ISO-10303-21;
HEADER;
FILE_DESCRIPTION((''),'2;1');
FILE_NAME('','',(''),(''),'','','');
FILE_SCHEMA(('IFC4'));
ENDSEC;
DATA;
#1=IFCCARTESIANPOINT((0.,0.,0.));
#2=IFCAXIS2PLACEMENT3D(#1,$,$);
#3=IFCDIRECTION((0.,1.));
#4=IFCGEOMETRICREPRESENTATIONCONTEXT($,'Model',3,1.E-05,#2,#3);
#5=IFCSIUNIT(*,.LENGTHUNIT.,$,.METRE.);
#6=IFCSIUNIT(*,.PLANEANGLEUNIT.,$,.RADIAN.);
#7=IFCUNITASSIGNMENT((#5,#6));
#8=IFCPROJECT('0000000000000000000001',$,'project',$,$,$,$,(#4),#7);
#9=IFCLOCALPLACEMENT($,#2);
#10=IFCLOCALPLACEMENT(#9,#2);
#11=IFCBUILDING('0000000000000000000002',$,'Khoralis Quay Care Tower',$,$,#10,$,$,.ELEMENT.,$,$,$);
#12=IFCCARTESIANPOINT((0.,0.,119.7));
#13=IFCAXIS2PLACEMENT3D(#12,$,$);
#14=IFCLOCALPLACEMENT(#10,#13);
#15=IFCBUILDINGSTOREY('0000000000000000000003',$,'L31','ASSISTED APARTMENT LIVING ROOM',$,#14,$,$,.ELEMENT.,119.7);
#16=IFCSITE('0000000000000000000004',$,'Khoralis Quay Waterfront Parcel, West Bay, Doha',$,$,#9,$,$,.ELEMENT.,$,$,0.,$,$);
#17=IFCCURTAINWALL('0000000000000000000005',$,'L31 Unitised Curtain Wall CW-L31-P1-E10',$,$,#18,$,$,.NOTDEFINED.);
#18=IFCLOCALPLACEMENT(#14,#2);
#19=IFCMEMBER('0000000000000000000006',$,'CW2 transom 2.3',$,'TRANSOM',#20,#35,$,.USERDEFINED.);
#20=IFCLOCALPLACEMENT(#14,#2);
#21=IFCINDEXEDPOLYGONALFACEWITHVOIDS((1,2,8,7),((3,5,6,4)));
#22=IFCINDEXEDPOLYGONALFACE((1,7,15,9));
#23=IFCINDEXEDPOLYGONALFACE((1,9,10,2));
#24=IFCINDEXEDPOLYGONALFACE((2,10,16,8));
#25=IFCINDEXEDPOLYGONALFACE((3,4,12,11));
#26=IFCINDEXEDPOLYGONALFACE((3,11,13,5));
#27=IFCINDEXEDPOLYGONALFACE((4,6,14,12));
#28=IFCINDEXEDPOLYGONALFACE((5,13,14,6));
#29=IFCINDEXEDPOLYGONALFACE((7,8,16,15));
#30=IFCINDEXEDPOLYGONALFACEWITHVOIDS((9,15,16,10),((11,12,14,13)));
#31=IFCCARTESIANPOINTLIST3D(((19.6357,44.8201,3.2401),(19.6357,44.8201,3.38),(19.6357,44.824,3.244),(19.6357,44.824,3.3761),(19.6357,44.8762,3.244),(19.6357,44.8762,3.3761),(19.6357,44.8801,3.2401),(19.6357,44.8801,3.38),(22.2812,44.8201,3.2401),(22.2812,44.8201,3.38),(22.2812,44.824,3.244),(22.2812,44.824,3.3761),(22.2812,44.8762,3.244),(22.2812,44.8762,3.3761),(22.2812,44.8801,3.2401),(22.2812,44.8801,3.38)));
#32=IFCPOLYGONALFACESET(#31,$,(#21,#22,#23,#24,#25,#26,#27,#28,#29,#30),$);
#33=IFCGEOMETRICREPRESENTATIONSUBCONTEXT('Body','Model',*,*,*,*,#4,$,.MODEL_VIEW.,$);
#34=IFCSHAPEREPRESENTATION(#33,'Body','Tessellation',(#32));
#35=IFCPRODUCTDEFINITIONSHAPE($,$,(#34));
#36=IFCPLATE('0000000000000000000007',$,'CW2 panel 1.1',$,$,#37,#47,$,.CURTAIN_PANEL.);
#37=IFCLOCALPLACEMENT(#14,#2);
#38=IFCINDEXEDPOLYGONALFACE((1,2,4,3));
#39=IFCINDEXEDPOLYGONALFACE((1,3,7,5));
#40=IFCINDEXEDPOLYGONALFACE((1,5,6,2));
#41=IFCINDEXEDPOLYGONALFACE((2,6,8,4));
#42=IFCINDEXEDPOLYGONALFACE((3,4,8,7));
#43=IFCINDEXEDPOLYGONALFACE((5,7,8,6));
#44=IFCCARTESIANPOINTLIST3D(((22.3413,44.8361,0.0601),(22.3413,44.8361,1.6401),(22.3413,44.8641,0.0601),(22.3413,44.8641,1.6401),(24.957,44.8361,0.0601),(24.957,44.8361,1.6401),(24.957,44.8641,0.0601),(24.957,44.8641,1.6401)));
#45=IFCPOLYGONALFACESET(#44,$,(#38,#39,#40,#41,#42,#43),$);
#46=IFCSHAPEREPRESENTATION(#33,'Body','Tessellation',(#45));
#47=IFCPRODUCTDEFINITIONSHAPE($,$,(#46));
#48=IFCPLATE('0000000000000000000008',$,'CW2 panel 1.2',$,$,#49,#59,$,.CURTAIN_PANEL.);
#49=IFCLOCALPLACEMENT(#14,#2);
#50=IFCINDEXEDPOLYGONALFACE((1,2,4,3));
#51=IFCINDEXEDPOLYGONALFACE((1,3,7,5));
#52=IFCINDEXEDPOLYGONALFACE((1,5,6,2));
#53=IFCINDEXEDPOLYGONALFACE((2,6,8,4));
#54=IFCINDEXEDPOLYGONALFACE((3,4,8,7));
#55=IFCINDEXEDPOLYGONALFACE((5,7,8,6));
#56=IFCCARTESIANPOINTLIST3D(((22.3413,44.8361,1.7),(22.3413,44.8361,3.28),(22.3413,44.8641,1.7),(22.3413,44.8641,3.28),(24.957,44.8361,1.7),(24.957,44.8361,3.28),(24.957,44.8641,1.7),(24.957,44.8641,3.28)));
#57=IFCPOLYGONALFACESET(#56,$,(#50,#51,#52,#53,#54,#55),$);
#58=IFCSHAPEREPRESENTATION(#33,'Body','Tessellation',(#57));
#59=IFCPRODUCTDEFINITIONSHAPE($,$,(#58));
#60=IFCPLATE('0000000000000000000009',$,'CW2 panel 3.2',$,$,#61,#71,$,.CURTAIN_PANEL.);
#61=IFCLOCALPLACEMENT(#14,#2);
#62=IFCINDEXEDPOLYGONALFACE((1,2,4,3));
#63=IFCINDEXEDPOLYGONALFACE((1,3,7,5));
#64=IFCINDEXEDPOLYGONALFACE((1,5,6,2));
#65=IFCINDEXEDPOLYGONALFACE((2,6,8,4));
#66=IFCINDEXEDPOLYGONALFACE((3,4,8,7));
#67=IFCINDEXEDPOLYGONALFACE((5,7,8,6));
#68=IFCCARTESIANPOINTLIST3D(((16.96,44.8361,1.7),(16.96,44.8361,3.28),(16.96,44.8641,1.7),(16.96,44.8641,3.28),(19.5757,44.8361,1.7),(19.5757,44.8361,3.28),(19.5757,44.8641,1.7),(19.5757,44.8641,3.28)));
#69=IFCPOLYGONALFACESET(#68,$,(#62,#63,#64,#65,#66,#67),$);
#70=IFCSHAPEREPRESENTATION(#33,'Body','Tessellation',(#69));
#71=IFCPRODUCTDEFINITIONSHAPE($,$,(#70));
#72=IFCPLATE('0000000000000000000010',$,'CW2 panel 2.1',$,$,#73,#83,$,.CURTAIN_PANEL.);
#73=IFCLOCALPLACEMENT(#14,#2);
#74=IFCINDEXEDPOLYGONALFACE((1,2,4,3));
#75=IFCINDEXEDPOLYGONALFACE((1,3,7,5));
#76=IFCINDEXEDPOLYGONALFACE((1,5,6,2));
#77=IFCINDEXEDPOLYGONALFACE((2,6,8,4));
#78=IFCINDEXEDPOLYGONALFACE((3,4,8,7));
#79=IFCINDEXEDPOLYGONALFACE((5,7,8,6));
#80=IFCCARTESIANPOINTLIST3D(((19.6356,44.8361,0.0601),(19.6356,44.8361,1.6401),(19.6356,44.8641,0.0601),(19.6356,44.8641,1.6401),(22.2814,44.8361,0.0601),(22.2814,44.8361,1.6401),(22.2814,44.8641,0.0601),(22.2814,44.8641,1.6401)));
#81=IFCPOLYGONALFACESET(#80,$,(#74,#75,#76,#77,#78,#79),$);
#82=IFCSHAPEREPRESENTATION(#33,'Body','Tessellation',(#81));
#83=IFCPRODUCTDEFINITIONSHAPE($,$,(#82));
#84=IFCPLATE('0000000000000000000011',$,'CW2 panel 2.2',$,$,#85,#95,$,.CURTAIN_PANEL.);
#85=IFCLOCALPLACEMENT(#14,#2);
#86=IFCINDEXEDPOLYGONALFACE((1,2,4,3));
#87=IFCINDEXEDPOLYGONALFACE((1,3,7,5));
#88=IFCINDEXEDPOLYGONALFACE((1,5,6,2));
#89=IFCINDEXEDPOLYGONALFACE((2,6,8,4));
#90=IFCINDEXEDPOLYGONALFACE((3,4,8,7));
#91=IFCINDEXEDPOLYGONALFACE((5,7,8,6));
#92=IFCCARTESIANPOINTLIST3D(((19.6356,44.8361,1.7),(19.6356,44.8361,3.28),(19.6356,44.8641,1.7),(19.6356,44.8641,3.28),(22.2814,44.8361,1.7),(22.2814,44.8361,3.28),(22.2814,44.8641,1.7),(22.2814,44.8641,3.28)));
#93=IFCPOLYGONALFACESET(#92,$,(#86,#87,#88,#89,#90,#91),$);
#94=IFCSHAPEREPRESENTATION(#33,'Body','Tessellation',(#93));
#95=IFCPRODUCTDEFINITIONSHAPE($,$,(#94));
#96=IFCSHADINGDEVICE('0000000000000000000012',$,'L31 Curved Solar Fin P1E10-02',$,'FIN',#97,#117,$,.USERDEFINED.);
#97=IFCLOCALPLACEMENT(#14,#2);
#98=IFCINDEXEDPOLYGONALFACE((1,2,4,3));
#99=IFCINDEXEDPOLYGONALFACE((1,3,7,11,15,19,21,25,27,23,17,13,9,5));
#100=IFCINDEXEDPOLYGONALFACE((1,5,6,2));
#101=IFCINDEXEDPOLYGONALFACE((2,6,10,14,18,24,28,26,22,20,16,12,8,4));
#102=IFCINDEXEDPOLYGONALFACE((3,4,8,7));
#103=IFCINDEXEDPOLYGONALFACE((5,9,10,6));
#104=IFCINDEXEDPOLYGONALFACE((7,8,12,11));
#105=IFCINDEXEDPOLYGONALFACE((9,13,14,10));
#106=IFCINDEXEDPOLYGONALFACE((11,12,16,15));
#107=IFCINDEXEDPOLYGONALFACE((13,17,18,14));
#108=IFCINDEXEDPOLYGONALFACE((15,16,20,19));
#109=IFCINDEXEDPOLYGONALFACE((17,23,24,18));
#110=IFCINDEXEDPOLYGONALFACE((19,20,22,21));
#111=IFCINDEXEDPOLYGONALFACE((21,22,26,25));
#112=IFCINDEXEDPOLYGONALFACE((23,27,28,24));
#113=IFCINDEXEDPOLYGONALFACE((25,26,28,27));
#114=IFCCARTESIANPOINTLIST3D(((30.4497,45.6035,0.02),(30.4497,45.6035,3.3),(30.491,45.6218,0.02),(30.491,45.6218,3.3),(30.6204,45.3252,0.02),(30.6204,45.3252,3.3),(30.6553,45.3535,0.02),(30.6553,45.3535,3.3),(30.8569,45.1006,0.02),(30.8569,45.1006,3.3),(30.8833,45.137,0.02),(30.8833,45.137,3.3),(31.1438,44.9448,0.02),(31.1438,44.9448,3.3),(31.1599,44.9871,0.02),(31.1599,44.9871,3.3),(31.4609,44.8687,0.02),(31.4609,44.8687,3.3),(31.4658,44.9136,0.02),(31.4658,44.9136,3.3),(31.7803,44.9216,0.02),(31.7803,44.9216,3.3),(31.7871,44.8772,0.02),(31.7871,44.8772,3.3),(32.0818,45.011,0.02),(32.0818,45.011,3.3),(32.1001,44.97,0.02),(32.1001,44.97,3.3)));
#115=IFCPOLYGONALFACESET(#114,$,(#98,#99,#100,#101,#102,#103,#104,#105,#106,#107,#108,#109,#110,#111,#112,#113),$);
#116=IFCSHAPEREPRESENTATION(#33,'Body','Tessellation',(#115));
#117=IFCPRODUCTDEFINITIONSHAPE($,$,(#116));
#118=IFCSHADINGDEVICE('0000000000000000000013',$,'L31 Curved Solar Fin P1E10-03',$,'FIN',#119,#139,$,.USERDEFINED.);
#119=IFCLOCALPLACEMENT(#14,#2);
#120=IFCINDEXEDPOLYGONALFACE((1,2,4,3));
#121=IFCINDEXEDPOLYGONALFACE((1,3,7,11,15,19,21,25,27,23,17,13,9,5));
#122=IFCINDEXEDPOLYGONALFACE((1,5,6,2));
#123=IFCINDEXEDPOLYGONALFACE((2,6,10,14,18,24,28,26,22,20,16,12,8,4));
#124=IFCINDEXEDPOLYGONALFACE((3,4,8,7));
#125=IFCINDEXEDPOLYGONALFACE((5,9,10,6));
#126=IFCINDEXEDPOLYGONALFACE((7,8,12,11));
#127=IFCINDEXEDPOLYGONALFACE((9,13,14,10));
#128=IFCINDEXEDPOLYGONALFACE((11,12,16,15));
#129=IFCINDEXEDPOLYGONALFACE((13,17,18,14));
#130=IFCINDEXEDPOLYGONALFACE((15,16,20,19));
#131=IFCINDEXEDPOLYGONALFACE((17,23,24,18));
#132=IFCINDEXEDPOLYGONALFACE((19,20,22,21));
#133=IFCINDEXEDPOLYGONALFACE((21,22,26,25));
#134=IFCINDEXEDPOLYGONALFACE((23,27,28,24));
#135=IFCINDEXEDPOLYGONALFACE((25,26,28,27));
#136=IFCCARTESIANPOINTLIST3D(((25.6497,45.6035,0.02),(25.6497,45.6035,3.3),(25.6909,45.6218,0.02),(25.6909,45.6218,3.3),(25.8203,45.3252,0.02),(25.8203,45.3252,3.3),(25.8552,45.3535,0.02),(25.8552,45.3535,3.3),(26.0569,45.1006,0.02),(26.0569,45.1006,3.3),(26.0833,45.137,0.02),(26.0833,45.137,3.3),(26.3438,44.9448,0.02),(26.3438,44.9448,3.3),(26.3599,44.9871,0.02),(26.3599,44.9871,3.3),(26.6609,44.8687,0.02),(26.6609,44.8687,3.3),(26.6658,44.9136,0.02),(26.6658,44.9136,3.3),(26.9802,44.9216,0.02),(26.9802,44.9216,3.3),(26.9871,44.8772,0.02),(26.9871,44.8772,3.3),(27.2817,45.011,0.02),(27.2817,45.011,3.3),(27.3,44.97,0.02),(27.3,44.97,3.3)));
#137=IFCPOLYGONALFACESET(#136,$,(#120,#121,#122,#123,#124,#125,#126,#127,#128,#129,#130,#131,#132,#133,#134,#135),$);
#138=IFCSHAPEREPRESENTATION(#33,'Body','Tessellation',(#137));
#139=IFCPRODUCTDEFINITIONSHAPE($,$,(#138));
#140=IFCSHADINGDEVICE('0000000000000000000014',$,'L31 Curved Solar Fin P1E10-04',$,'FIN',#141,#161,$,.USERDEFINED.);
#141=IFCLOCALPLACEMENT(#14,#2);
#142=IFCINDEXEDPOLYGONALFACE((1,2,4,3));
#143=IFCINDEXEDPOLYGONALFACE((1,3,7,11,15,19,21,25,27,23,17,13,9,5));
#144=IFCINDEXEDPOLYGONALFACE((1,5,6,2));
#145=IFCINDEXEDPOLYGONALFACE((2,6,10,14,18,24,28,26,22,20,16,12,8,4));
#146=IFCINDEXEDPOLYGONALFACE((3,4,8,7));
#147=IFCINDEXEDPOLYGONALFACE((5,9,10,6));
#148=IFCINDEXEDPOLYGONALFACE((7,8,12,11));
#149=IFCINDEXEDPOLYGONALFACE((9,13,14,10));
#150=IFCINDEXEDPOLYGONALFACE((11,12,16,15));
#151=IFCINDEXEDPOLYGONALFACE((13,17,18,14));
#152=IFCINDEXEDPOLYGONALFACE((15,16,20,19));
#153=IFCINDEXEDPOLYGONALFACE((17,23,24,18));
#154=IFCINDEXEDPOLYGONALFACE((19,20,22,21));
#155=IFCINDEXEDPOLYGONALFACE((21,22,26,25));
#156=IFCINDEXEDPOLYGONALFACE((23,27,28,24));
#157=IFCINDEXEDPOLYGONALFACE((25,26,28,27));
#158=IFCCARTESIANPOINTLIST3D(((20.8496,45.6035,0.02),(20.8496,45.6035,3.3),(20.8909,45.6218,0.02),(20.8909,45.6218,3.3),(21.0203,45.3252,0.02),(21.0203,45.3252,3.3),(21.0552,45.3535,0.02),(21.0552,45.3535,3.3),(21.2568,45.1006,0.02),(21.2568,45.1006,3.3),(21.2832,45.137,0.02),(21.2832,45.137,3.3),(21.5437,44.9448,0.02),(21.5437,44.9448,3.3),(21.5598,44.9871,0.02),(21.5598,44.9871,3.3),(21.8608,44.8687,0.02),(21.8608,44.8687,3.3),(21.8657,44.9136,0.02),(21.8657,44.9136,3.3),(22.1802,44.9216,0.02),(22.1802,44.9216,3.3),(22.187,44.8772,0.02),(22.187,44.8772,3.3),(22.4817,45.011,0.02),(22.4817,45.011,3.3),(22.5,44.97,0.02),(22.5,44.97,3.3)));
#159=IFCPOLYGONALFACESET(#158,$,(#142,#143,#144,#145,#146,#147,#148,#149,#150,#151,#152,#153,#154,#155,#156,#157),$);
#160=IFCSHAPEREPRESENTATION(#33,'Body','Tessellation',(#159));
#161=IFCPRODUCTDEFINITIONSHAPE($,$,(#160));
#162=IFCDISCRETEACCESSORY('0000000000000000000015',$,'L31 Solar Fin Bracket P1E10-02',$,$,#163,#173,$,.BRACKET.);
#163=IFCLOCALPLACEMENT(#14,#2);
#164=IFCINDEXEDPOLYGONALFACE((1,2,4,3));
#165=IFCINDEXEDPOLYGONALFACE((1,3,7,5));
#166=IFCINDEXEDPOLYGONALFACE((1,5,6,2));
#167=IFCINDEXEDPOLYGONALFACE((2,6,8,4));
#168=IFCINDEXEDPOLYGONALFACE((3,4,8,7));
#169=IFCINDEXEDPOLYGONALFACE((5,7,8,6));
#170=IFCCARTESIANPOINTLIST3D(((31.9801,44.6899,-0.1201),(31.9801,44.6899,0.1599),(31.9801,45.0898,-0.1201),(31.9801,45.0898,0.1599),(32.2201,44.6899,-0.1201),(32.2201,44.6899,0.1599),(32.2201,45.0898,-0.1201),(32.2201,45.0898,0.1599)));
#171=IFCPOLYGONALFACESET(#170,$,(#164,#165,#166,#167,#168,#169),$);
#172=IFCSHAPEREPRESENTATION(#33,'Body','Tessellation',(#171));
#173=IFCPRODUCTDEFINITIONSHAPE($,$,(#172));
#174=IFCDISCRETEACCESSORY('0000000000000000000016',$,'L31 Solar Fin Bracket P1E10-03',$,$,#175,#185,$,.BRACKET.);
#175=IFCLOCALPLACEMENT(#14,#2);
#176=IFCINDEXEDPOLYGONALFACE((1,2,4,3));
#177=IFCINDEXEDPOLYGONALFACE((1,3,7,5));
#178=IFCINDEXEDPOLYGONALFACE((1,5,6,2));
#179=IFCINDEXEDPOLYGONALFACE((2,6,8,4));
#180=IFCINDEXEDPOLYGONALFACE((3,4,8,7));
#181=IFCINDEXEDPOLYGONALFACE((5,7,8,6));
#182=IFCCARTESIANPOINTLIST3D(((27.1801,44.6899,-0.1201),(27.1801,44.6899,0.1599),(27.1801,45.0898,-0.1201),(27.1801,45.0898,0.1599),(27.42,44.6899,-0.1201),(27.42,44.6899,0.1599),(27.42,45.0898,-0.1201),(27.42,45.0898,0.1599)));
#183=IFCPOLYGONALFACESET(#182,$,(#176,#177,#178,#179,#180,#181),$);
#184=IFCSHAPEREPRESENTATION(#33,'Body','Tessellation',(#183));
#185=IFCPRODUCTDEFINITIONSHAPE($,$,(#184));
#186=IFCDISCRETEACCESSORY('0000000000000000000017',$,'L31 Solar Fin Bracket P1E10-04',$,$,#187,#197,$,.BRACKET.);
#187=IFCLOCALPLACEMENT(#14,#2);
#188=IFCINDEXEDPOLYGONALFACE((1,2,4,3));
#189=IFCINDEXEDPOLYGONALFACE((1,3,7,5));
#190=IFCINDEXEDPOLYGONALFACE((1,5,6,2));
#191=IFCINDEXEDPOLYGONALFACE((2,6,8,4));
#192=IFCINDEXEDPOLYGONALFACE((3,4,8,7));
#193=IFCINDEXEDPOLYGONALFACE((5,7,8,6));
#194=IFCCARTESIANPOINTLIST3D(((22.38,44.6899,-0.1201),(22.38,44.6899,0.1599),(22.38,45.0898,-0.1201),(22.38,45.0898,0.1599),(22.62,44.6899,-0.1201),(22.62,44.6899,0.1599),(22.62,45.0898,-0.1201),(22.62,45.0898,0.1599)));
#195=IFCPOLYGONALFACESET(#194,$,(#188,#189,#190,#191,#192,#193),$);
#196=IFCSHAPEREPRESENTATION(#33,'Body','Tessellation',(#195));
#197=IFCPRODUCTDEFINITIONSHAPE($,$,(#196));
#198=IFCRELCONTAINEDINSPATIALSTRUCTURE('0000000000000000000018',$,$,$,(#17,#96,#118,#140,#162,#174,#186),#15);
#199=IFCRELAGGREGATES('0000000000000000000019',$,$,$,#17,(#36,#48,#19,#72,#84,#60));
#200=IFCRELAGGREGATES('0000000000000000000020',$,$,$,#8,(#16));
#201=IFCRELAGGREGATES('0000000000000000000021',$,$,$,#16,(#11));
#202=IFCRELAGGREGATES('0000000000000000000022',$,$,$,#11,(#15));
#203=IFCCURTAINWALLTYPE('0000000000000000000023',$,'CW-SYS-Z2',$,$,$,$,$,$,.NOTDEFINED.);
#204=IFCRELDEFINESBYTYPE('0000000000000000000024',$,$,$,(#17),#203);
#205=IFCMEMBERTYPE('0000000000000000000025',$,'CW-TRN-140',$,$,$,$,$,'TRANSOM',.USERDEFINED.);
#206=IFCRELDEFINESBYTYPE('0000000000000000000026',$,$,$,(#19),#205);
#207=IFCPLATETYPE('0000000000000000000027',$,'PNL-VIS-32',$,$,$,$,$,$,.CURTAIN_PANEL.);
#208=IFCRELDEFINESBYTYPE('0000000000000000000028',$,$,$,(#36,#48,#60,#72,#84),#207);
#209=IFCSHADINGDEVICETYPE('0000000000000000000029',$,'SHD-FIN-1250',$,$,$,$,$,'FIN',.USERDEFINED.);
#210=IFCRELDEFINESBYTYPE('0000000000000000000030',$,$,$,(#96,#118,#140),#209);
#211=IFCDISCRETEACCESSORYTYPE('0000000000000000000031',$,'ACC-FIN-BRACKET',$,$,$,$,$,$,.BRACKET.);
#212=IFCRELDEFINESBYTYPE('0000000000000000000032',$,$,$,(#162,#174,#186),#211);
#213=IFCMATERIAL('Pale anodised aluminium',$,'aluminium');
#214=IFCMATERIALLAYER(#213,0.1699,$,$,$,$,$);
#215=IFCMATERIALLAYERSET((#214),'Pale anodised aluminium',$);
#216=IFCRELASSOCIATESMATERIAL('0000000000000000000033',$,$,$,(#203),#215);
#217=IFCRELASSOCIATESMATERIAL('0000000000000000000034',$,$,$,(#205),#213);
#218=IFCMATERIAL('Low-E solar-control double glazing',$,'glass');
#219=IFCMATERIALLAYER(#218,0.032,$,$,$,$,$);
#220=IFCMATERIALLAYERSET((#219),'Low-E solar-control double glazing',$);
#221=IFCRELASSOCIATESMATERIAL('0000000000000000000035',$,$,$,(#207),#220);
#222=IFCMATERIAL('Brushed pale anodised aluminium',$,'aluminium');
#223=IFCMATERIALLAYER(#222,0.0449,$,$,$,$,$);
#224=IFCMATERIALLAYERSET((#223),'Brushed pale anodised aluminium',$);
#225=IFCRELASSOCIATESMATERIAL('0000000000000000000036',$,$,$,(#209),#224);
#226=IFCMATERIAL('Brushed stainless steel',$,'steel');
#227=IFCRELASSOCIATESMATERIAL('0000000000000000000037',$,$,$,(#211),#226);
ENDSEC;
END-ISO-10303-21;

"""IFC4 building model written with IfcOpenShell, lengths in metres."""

from ifc_helpers import new_model, si_unit, direction, frame, origin, origin_2d, place, context, subcontext, project, spatial, polyline, rectangle, hollow_rectangle, outline, extrude, source, transform, mapped, material, layer, layer_set, material_profile, profile_set, type_object, element, aggregate, save


model = new_model("IFC4")

# Units and contexts
model_context = context("Model", 3, precision=1e-05, world=origin(), true_north=direction((0.0, 1.0)))
body_context = subcontext(model_context, "Body", "Model", "MODEL_VIEW")
ifc_project = project(units=[si_unit("LENGTHUNIT", "METRE"), si_unit("PLANEANGLEUNIT", "RADIAN")], contexts=[model_context])

# Site, building, storey
site_placement = place(None, origin())
site = spatial("IfcSite", under=ifc_project, at=site_placement, Name="Khoralis Quay Waterfront Parcel, West Bay, Doha", CompositionType="ELEMENT", RefElevation=0.0)
building_placement = place(site_placement, origin())
building = spatial("IfcBuilding", under=site, at=building_placement, Name="Khoralis Quay Care Tower", CompositionType="ELEMENT")
storey_placement = place(building_placement, frame((0.0, 0.0, 119.7)))
storey = spatial("IfcBuildingStorey", under=building, at=storey_placement, Name="L31", Description="ASSISTED APARTMENT LIVING ROOM", CompositionType="ELEMENT", Elevation=119.7)

# Curtain wall, member, plates
ifc_material_1 = material(Name="Pale anodised aluminium", Category="aluminium")
ifc_layer_1 = layer(ifc_material_1, 0.1699)
ifc_layer_set_1 = layer_set([ifc_layer_1], Name="Pale anodised aluminium")
curtain_wall_type = type_object("IfcCurtainWallType", Name="CW-SYS-Z2", PredefinedType="NOTDEFINED", material=ifc_layer_set_1)
curtain_wall_placement = place(storey_placement, origin())
curtain_wall = element("IfcCurtainWall", 1, at=curtain_wall_placement, inside=storey, type_object=curtain_wall_type, Name="L31 Unitised Curtain Wall CW-L31-P1-E10", PredefinedType="NOTDEFINED")
ifc_material_profile_1 = material_profile(ifc_material_1, hollow_rectangle(XDim=0.0601, YDim=0.1399, WallThickness=0.0039, at=origin_2d()), Name="Pale anodised aluminium")
ifc_profile_set_1 = profile_set([ifc_material_profile_1], Name="Pale anodised aluminium")
member_type_1 = type_object("IfcMemberType", Name="CW-TRN-140", ElementType="TRANSOM", PredefinedType="USERDEFINED", material=ifc_profile_set_1)
shared_shape_1 = source(origin(), body_context, "Body", "SweptSolid", [
    extrude(hollow_rectangle(XDim=0.0601, YDim=0.1399, WallThickness=0.0039, at=origin_2d()), origin(), (0.0, 0.0, 1.0), 2.6455),
])
member_1_placement = place(storey_placement, frame((22.2812, 44.8501, 3.3101), z_axis=(-1.0, 0.0, 0.0), x_axis=(0.0, -1.0, 0.0)))
member_1 = element("IfcMember", 2, at=member_1_placement, type_object=member_type_1, Name="CW2 transom 2.3", ObjectType="TRANSOM", PredefinedType="USERDEFINED", context=body_context, shape_type="MappedRepresentation", body=[
    mapped(shared_shape_1, transform((0.0, 0.0, 0.0), scale=1.0)),
])
ifc_material_2 = material(Name="Low-E solar-control double glazing", Category="glass")
ifc_layer_2 = layer(ifc_material_2, 0.032)
ifc_layer_set_2 = layer_set([ifc_layer_2], Name="Low-E solar-control double glazing")
plate_type = type_object("IfcPlateType", Name="PNL-VIS-32", PredefinedType="CURTAIN_PANEL", material=ifc_layer_set_2)
shared_shape_2 = source(origin(), body_context, "Body", "SweptSolid", [
    extrude(rectangle(XDim=2.6157, YDim=0.0281, at=origin_2d()), origin(), (0.0, 0.0, 1.0), 1.5801),
])
plate_1_placement = place(storey_placement, frame((23.6492, 44.8501, 0.0601), z_axis=(0.0, 0.0, 1.0), x_axis=(-1.0, 0.0, 0.0)))
plate_1 = element("IfcPlate", 3, at=plate_1_placement, type_object=plate_type, Name="CW2 panel 1.1", PredefinedType="CURTAIN_PANEL", context=body_context, shape_type="MappedRepresentation", body=[
    mapped(shared_shape_2, transform((0.0, 0.0, 0.0), scale=1.0)),
])
plate_2_placement = place(storey_placement, frame((23.6492, 44.8501, 1.7), z_axis=(0.0, 0.0, 1.0), x_axis=(-1.0, 0.0, 0.0)))
plate_2 = element("IfcPlate", 4, at=plate_2_placement, type_object=plate_type, Name="CW2 panel 1.2", PredefinedType="CURTAIN_PANEL", context=body_context, shape_type="MappedRepresentation", body=[
    mapped(shared_shape_2, transform((0.0, 0.0, 0.0), scale=1.0)),
])
plate_3_placement = place(storey_placement, frame((18.2678, 44.8501, 1.7), z_axis=(0.0, 0.0, 1.0), x_axis=(-1.0, 0.0, 0.0)))
plate_3 = element("IfcPlate", 5, at=plate_3_placement, type_object=plate_type, Name="CW2 panel 3.2", PredefinedType="CURTAIN_PANEL", context=body_context, shape_type="MappedRepresentation", body=[
    mapped(shared_shape_2, transform((0.0, 0.0, 0.0), scale=1.0)),
])
shared_shape_3 = source(origin(), body_context, "Body", "SweptSolid", [
    extrude(rectangle(XDim=2.6458, YDim=0.0281, at=origin_2d()), origin(), (0.0, 0.0, 1.0), 1.5801),
])
plate_4_placement = place(storey_placement, frame((20.9585, 44.8501, 0.0601), z_axis=(0.0, 0.0, 1.0), x_axis=(-1.0, 0.0, 0.0)))
plate_4 = element("IfcPlate", 6, at=plate_4_placement, type_object=plate_type, Name="CW2 panel 2.1", PredefinedType="CURTAIN_PANEL", context=body_context, shape_type="MappedRepresentation", body=[
    mapped(shared_shape_3, transform((0.0, 0.0, 0.0), scale=1.0)),
])
plate_5_placement = place(storey_placement, frame((20.9585, 44.8501, 1.7), z_axis=(0.0, 0.0, 1.0), x_axis=(-1.0, 0.0, 0.0)))
plate_5 = element("IfcPlate", 7, at=plate_5_placement, type_object=plate_type, Name="CW2 panel 2.2", PredefinedType="CURTAIN_PANEL", context=body_context, shape_type="MappedRepresentation", body=[
    mapped(shared_shape_3, transform((0.0, 0.0, 0.0), scale=1.0)),
])
aggregate(curtain_wall, [plate_1, plate_2, member_1, plate_4, plate_5, plate_3])

# Shading devices
ifc_material_3 = material(Name="Brushed pale anodised aluminium", Category="aluminium")
ifc_layer_3 = layer(ifc_material_3, 0.0449)
ifc_layer_set_3 = layer_set([ifc_layer_3], Name="Brushed pale anodised aluminium")
shading_device_type = type_object("IfcShadingDeviceType", Name="SHD-FIN-1250", ElementType="FIN", PredefinedType="USERDEFINED", material=ifc_layer_set_3)
shared_shape_4 = source(origin(), body_context, "Body", "SweptSolid", [
    extrude(outline(polyline([(0.0, 0.0), (-0.0928, 0.313), (-0.1013, 0.6392), (-0.0251, 0.9563), (0.1306, 1.2432), (0.3552, 1.4797), (0.6335, 1.6504), (0.6519, 1.6091), (0.3835, 1.4448), (0.167, 1.2168), (0.0171, 0.9402), (-0.0564, 0.6343), (-0.0483, 0.3198), (0.041, 0.0183), (0.0, 0.0)])), origin(), (0.0, 0.0, 1.0), 3.28),
])
for number, where, z_axis, x_axis, name in (
    (8, (32.1001, 44.97, 0.02), (0.0, 0.0, 1.0), (0.0, 1.0, 0.0), "L31 Curved Solar Fin P1E10-02"),
    (9, (27.3, 44.97, 0.02), (0.0, 0.0, 1.0), (0.0, 1.0, 0.0), "L31 Curved Solar Fin P1E10-03"),
    (10, (22.5, 44.97, 0.02), (0.0, 0.0, 1.0), (0.0, 1.0, 0.0), "L31 Curved Solar Fin P1E10-04"),
):
    element("IfcShadingDevice", number, at=place(storey_placement, frame(where, z_axis=z_axis, x_axis=x_axis)), inside=storey, type_object=shading_device_type, Name=name, ObjectType="FIN", PredefinedType="USERDEFINED", context=body_context, shape_type="MappedRepresentation", body=[
        mapped(shared_shape_4, transform((0.0, 0.0, 0.0), scale=1.0)),
    ])

# Discrete accessories
ifc_material_4 = material(Name="Brushed stainless steel", Category="steel")
discrete_accessory_type = type_object("IfcDiscreteAccessoryType", Name="ACC-FIN-BRACKET", PredefinedType="BRACKET", material=ifc_material_4)
shared_shape_5 = source(origin(), body_context, "Body", "SweptSolid", [
    extrude(rectangle(XDim=0.3999, YDim=0.24, at=origin_2d()), origin(), (0.0, 0.0, 1.0), 0.28),
])
for number, where, z_axis, x_axis, name in (
    (11, (32.1001, 44.8899, -0.1201), (0.0, 0.0, 1.0), (0.0, 1.0, 0.0), "L31 Solar Fin Bracket P1E10-02"),
    (12, (27.3, 44.8899, -0.1201), (0.0, 0.0, 1.0), (0.0, 1.0, 0.0), "L31 Solar Fin Bracket P1E10-03"),
    (13, (22.5, 44.8899, -0.1201), (0.0, 0.0, 1.0), (0.0, 1.0, 0.0), "L31 Solar Fin Bracket P1E10-04"),
):
    element("IfcDiscreteAccessory", number, at=place(storey_placement, frame(where, z_axis=z_axis, x_axis=x_axis)), inside=storey, type_object=discrete_accessory_type, Name=name, PredefinedType="BRACKET", context=body_context, shape_type="MappedRepresentation", body=[
        mapped(shared_shape_5, transform((0.0, 0.0, 0.0), scale=1.0)),
    ])

save(model, "model.ifc")
